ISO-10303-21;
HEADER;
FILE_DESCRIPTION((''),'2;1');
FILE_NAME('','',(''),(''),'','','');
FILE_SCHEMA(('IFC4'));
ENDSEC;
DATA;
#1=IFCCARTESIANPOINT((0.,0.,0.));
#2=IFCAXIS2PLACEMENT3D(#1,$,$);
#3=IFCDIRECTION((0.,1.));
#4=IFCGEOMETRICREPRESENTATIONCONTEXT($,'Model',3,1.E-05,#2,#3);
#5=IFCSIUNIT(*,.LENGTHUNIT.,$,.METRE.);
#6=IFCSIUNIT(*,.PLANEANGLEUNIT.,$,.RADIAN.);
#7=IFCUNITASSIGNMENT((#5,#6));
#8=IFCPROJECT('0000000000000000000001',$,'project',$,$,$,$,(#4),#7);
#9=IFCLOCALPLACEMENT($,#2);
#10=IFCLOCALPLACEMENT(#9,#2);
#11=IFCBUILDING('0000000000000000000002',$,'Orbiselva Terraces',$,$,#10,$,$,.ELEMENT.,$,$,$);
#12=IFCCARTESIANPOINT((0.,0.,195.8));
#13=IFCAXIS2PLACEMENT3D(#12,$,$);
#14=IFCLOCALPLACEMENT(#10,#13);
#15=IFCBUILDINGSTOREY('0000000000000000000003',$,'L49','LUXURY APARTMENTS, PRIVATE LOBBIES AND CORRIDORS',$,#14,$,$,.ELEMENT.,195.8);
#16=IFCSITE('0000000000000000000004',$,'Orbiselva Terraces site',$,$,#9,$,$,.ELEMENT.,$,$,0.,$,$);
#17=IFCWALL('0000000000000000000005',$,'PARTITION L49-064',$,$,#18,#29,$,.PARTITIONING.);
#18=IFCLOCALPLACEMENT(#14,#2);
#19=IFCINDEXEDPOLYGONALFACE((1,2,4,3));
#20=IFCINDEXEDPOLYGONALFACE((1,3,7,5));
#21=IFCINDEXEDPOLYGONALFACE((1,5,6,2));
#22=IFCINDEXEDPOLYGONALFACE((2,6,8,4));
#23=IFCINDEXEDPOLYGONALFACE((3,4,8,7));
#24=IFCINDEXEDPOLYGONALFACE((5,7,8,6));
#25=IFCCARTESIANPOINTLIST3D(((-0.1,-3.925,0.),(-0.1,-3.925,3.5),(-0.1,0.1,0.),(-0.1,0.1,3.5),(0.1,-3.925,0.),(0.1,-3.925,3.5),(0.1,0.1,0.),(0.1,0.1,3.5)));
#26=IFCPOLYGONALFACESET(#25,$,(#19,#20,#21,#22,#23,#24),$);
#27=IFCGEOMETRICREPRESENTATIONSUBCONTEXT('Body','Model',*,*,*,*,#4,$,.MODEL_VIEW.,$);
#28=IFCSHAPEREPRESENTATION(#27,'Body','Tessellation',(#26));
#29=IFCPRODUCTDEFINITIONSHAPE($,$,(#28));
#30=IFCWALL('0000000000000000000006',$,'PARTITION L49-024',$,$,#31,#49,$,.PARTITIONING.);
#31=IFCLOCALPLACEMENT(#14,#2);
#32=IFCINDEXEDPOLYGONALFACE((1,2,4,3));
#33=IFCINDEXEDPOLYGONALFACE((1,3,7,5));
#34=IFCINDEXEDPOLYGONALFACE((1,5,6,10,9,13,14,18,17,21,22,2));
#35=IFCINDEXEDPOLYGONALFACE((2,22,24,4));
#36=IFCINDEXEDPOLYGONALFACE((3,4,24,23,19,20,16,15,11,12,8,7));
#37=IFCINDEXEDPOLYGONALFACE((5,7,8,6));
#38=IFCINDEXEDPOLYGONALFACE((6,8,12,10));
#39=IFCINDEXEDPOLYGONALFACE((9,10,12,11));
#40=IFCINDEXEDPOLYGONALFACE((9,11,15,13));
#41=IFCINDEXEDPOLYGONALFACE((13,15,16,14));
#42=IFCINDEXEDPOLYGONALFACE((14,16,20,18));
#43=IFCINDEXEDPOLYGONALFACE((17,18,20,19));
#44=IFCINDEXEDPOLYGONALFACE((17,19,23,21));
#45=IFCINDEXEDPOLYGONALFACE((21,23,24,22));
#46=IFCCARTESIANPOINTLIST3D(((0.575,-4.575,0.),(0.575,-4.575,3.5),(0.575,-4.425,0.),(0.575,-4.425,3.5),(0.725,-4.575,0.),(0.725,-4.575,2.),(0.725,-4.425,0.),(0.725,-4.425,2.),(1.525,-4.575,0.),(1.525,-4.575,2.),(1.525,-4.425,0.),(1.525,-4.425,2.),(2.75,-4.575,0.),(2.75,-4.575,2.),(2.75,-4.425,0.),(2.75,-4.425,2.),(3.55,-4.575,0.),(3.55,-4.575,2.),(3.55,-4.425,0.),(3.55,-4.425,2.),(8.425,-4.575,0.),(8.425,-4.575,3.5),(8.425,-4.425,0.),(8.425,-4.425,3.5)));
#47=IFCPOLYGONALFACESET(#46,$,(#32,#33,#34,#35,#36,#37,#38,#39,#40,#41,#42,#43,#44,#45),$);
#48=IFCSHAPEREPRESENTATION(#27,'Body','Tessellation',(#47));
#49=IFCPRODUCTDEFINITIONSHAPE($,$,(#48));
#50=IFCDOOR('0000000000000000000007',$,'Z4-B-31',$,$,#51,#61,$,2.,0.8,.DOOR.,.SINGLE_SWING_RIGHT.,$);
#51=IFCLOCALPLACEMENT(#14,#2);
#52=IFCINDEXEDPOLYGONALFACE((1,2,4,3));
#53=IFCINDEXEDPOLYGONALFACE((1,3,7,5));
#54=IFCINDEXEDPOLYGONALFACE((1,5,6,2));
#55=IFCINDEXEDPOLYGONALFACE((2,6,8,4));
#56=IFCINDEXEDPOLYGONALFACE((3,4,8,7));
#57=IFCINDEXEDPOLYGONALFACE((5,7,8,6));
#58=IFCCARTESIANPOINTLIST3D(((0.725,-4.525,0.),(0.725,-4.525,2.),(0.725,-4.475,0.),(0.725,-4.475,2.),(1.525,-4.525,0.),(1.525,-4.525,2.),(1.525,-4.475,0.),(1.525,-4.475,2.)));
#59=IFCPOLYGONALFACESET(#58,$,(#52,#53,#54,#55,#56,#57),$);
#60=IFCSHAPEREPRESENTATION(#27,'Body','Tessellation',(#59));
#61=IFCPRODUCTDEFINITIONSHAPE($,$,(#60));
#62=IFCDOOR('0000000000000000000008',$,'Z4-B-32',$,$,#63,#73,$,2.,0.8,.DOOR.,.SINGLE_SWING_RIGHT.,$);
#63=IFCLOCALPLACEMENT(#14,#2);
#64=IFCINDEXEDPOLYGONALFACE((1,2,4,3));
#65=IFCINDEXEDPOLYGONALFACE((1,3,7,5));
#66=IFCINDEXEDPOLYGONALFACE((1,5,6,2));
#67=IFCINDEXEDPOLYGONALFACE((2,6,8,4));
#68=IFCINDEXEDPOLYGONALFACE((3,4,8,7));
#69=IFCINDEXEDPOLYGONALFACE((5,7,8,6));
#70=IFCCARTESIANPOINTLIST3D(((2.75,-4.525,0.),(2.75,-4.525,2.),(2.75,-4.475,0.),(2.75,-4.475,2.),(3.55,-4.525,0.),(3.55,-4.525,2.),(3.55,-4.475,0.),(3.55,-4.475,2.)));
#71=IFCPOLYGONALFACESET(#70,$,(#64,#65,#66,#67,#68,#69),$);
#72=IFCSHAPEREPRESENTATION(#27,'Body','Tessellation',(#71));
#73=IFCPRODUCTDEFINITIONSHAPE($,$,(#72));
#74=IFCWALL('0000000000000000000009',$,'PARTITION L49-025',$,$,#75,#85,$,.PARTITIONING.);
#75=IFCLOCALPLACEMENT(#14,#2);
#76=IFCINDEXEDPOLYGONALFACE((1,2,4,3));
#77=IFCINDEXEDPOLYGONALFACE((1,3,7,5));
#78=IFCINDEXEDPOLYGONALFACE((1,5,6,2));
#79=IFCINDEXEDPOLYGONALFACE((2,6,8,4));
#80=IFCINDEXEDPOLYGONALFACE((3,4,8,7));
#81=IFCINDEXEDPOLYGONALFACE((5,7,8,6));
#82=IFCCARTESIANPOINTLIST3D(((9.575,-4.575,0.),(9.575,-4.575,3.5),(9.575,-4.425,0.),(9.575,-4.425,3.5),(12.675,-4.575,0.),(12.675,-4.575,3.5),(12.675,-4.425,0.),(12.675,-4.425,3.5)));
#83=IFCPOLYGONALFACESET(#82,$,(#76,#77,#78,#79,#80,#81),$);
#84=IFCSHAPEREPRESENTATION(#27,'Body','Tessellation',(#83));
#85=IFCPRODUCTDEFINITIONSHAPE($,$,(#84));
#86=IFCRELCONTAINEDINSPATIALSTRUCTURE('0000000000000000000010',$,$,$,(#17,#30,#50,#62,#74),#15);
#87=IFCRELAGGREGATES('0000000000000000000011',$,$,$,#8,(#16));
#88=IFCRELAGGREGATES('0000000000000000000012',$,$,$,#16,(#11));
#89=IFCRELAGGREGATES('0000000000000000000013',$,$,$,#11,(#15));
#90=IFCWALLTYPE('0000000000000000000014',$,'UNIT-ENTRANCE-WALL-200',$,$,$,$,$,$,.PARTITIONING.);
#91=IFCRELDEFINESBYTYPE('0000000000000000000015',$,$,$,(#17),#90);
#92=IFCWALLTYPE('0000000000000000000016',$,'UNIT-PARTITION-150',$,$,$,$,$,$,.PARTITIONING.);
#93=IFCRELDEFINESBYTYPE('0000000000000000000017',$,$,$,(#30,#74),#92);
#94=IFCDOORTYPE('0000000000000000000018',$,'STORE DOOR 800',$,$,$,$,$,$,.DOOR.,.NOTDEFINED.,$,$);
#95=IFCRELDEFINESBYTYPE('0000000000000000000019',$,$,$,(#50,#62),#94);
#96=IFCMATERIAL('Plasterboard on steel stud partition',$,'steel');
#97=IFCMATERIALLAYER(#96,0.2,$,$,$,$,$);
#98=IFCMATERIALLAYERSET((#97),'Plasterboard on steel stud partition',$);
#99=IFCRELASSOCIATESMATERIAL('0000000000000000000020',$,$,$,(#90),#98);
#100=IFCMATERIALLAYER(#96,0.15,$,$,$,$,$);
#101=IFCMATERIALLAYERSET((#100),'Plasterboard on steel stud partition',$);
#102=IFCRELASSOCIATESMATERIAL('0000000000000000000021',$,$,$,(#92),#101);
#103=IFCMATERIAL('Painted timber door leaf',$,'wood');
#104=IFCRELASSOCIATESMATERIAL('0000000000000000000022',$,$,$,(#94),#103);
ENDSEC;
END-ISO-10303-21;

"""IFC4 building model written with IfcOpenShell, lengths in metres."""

from ifc_helpers import new_model, si_unit, direction, frame, frame_2d, origin, place, context, subcontext, project, spatial, rectangle, extrude, material, layer, layer_set, type_object, element, fill, save


model = new_model("IFC4")

# Units and contexts
model_context = context("Model", 3, precision=1e-05, world=origin(), true_north=direction((0.0, 1.0)))
body_context = subcontext(model_context, "Body", "Model", "MODEL_VIEW")
ifc_project = project(units=[si_unit("LENGTHUNIT", "METRE"), si_unit("PLANEANGLEUNIT", "RADIAN")], contexts=[model_context])

# Site, building, storey
site_placement = place(None, origin())
site = spatial("IfcSite", under=ifc_project, at=site_placement, Name="Orbiselva Terraces site", CompositionType="ELEMENT", RefElevation=0.0)
building_placement = place(site_placement, origin())
building = spatial("IfcBuilding", under=site, at=building_placement, Name="Orbiselva Terraces", CompositionType="ELEMENT")
storey_placement = place(building_placement, frame((0.0, 0.0, 195.8)))
storey = spatial("IfcBuildingStorey", under=building, at=storey_placement, Name="L49", Description="LUXURY APARTMENTS, PRIVATE LOBBIES AND CORRIDORS", CompositionType="ELEMENT", Elevation=195.8)

# Wall
ifc_material_1 = material(Name="Plasterboard on steel stud partition", Category="steel")
ifc_layer_1 = layer(ifc_material_1, 0.2)
ifc_layer_set_1 = layer_set([ifc_layer_1], Name="Plasterboard on steel stud partition")
wall_type_1 = type_object("IfcWallType", Name="UNIT-ENTRANCE-WALL-200", PredefinedType="PARTITIONING", material=ifc_layer_set_1)
wall_1_placement = place(storey_placement, frame((0.0, -3.925, 0.0), z_axis=(0.0, 0.0, 1.0), x_axis=(0.0, 1.0, 0.0)))
element("IfcWall", 1, at=wall_1_placement, inside=storey, type_object=wall_type_1, Name="PARTITION L49-064", PredefinedType="PARTITIONING", context=body_context, shape_type="SweptSolid", body=[
    extrude(rectangle(XDim=4.025, YDim=0.2, at=frame_2d((2.0125, 0.0))), origin(), (0.0, 0.0, 1.0), 3.5),
])

# Wall, openings, doors
ifc_layer_2 = layer(ifc_material_1, 0.15)
ifc_layer_set_2 = layer_set([ifc_layer_2], Name="Plasterboard on steel stud partition")
wall_type_2 = type_object("IfcWallType", Name="UNIT-PARTITION-150", PredefinedType="PARTITIONING", material=ifc_layer_set_2)
wall_2_placement = place(storey_placement, frame((8.425, -4.5, 0.0), z_axis=(0.0, 0.0, 1.0), x_axis=(-1.0, 0.0, 0.0)))
wall_2 = element("IfcWall", 2, at=wall_2_placement, inside=storey, type_object=wall_type_2, Name="PARTITION L49-024", PredefinedType="PARTITIONING", context=body_context, shape_type="SweptSolid", body=[
    extrude(rectangle(XDim=7.85, YDim=0.15, at=frame_2d((3.925, 0.0))), origin(), (0.0, 0.0, 1.0), 3.5),
])
opening_1_placement = place(wall_2_placement, frame((6.9, 0.0, 0.0)))
opening_1 = element("IfcOpeningElement", 3, at=opening_1_placement, cuts=wall_2, PredefinedType="OPENING", context=body_context, shape_type="SweptSolid", body=[
    extrude(rectangle(XDim=0.8, YDim=2.0, at=frame_2d((0.4, 1.0))), frame((0.0, 0.085, 0.0), z_axis=(0.0, -1.0, 0.0), x_axis=(1.0, 0.0, 0.0)), (0.0, 0.0, 1.0), 0.17),
])
opening_2_placement = place(wall_2_placement, frame((4.875, 0.0, 0.0)))
opening_2 = element("IfcOpeningElement", 4, at=opening_2_placement, cuts=wall_2, PredefinedType="OPENING", context=body_context, shape_type="SweptSolid", body=[
    extrude(rectangle(XDim=0.8, YDim=2.0, at=frame_2d((0.4, 1.0))), frame((0.0, 0.085, 0.0), z_axis=(0.0, -1.0, 0.0), x_axis=(1.0, 0.0, 0.0)), (0.0, 0.0, 1.0), 0.17),
])
ifc_material_2 = material(Name="Painted timber door leaf", Category="wood")
door_type = type_object("IfcDoorType", Name="STORE DOOR 800", OperationType="NOTDEFINED", PredefinedType="DOOR", material=ifc_material_2)
door_1_placement = place(opening_1_placement, origin())
door_1 = element("IfcDoor", 5, at=door_1_placement, inside=storey, type_object=door_type, Name="Z4-B-31", OperationType="SINGLE_SWING_RIGHT", OverallHeight=2.0, OverallWidth=0.8, PredefinedType="DOOR", context=body_context, shape_type="SweptSolid", body=[
    extrude(rectangle(XDim=0.8, YDim=2.0, at=frame_2d((0.4, 1.0))), frame((0.0, 0.025, 0.0), z_axis=(0.0, -1.0, 0.0), x_axis=(1.0, 0.0, 0.0)), (0.0, 0.0, 1.0), 0.05),
])
fill(opening_1, door_1)
door_2_placement = place(opening_2_placement, origin())
door_2 = element("IfcDoor", 6, at=door_2_placement, inside=storey, type_object=door_type, Name="Z4-B-32", OperationType="SINGLE_SWING_RIGHT", OverallHeight=2.0, OverallWidth=0.8, PredefinedType="DOOR", context=body_context, shape_type="SweptSolid", body=[
    extrude(rectangle(XDim=0.8, YDim=2.0, at=frame_2d((0.4, 1.0))), frame((0.0, 0.025, 0.0), z_axis=(0.0, -1.0, 0.0), x_axis=(1.0, 0.0, 0.0)), (0.0, 0.0, 1.0), 0.05),
])
fill(opening_2, door_2)

# Wall
wall_3_placement = place(storey_placement, frame((9.575, -4.5, 0.0), z_axis=(0.0, 0.0, 1.0), x_axis=(1.0, 0.0, 0.0)))
element("IfcWall", 7, at=wall_3_placement, inside=storey, type_object=wall_type_2, Name="PARTITION L49-025", PredefinedType="PARTITIONING", context=body_context, shape_type="SweptSolid", body=[
    extrude(rectangle(XDim=3.1, YDim=0.15, at=frame_2d((1.55, 0.0))), origin(), (0.0, 0.0, 1.0), 3.5),
])

save(model, "model.ifc")
